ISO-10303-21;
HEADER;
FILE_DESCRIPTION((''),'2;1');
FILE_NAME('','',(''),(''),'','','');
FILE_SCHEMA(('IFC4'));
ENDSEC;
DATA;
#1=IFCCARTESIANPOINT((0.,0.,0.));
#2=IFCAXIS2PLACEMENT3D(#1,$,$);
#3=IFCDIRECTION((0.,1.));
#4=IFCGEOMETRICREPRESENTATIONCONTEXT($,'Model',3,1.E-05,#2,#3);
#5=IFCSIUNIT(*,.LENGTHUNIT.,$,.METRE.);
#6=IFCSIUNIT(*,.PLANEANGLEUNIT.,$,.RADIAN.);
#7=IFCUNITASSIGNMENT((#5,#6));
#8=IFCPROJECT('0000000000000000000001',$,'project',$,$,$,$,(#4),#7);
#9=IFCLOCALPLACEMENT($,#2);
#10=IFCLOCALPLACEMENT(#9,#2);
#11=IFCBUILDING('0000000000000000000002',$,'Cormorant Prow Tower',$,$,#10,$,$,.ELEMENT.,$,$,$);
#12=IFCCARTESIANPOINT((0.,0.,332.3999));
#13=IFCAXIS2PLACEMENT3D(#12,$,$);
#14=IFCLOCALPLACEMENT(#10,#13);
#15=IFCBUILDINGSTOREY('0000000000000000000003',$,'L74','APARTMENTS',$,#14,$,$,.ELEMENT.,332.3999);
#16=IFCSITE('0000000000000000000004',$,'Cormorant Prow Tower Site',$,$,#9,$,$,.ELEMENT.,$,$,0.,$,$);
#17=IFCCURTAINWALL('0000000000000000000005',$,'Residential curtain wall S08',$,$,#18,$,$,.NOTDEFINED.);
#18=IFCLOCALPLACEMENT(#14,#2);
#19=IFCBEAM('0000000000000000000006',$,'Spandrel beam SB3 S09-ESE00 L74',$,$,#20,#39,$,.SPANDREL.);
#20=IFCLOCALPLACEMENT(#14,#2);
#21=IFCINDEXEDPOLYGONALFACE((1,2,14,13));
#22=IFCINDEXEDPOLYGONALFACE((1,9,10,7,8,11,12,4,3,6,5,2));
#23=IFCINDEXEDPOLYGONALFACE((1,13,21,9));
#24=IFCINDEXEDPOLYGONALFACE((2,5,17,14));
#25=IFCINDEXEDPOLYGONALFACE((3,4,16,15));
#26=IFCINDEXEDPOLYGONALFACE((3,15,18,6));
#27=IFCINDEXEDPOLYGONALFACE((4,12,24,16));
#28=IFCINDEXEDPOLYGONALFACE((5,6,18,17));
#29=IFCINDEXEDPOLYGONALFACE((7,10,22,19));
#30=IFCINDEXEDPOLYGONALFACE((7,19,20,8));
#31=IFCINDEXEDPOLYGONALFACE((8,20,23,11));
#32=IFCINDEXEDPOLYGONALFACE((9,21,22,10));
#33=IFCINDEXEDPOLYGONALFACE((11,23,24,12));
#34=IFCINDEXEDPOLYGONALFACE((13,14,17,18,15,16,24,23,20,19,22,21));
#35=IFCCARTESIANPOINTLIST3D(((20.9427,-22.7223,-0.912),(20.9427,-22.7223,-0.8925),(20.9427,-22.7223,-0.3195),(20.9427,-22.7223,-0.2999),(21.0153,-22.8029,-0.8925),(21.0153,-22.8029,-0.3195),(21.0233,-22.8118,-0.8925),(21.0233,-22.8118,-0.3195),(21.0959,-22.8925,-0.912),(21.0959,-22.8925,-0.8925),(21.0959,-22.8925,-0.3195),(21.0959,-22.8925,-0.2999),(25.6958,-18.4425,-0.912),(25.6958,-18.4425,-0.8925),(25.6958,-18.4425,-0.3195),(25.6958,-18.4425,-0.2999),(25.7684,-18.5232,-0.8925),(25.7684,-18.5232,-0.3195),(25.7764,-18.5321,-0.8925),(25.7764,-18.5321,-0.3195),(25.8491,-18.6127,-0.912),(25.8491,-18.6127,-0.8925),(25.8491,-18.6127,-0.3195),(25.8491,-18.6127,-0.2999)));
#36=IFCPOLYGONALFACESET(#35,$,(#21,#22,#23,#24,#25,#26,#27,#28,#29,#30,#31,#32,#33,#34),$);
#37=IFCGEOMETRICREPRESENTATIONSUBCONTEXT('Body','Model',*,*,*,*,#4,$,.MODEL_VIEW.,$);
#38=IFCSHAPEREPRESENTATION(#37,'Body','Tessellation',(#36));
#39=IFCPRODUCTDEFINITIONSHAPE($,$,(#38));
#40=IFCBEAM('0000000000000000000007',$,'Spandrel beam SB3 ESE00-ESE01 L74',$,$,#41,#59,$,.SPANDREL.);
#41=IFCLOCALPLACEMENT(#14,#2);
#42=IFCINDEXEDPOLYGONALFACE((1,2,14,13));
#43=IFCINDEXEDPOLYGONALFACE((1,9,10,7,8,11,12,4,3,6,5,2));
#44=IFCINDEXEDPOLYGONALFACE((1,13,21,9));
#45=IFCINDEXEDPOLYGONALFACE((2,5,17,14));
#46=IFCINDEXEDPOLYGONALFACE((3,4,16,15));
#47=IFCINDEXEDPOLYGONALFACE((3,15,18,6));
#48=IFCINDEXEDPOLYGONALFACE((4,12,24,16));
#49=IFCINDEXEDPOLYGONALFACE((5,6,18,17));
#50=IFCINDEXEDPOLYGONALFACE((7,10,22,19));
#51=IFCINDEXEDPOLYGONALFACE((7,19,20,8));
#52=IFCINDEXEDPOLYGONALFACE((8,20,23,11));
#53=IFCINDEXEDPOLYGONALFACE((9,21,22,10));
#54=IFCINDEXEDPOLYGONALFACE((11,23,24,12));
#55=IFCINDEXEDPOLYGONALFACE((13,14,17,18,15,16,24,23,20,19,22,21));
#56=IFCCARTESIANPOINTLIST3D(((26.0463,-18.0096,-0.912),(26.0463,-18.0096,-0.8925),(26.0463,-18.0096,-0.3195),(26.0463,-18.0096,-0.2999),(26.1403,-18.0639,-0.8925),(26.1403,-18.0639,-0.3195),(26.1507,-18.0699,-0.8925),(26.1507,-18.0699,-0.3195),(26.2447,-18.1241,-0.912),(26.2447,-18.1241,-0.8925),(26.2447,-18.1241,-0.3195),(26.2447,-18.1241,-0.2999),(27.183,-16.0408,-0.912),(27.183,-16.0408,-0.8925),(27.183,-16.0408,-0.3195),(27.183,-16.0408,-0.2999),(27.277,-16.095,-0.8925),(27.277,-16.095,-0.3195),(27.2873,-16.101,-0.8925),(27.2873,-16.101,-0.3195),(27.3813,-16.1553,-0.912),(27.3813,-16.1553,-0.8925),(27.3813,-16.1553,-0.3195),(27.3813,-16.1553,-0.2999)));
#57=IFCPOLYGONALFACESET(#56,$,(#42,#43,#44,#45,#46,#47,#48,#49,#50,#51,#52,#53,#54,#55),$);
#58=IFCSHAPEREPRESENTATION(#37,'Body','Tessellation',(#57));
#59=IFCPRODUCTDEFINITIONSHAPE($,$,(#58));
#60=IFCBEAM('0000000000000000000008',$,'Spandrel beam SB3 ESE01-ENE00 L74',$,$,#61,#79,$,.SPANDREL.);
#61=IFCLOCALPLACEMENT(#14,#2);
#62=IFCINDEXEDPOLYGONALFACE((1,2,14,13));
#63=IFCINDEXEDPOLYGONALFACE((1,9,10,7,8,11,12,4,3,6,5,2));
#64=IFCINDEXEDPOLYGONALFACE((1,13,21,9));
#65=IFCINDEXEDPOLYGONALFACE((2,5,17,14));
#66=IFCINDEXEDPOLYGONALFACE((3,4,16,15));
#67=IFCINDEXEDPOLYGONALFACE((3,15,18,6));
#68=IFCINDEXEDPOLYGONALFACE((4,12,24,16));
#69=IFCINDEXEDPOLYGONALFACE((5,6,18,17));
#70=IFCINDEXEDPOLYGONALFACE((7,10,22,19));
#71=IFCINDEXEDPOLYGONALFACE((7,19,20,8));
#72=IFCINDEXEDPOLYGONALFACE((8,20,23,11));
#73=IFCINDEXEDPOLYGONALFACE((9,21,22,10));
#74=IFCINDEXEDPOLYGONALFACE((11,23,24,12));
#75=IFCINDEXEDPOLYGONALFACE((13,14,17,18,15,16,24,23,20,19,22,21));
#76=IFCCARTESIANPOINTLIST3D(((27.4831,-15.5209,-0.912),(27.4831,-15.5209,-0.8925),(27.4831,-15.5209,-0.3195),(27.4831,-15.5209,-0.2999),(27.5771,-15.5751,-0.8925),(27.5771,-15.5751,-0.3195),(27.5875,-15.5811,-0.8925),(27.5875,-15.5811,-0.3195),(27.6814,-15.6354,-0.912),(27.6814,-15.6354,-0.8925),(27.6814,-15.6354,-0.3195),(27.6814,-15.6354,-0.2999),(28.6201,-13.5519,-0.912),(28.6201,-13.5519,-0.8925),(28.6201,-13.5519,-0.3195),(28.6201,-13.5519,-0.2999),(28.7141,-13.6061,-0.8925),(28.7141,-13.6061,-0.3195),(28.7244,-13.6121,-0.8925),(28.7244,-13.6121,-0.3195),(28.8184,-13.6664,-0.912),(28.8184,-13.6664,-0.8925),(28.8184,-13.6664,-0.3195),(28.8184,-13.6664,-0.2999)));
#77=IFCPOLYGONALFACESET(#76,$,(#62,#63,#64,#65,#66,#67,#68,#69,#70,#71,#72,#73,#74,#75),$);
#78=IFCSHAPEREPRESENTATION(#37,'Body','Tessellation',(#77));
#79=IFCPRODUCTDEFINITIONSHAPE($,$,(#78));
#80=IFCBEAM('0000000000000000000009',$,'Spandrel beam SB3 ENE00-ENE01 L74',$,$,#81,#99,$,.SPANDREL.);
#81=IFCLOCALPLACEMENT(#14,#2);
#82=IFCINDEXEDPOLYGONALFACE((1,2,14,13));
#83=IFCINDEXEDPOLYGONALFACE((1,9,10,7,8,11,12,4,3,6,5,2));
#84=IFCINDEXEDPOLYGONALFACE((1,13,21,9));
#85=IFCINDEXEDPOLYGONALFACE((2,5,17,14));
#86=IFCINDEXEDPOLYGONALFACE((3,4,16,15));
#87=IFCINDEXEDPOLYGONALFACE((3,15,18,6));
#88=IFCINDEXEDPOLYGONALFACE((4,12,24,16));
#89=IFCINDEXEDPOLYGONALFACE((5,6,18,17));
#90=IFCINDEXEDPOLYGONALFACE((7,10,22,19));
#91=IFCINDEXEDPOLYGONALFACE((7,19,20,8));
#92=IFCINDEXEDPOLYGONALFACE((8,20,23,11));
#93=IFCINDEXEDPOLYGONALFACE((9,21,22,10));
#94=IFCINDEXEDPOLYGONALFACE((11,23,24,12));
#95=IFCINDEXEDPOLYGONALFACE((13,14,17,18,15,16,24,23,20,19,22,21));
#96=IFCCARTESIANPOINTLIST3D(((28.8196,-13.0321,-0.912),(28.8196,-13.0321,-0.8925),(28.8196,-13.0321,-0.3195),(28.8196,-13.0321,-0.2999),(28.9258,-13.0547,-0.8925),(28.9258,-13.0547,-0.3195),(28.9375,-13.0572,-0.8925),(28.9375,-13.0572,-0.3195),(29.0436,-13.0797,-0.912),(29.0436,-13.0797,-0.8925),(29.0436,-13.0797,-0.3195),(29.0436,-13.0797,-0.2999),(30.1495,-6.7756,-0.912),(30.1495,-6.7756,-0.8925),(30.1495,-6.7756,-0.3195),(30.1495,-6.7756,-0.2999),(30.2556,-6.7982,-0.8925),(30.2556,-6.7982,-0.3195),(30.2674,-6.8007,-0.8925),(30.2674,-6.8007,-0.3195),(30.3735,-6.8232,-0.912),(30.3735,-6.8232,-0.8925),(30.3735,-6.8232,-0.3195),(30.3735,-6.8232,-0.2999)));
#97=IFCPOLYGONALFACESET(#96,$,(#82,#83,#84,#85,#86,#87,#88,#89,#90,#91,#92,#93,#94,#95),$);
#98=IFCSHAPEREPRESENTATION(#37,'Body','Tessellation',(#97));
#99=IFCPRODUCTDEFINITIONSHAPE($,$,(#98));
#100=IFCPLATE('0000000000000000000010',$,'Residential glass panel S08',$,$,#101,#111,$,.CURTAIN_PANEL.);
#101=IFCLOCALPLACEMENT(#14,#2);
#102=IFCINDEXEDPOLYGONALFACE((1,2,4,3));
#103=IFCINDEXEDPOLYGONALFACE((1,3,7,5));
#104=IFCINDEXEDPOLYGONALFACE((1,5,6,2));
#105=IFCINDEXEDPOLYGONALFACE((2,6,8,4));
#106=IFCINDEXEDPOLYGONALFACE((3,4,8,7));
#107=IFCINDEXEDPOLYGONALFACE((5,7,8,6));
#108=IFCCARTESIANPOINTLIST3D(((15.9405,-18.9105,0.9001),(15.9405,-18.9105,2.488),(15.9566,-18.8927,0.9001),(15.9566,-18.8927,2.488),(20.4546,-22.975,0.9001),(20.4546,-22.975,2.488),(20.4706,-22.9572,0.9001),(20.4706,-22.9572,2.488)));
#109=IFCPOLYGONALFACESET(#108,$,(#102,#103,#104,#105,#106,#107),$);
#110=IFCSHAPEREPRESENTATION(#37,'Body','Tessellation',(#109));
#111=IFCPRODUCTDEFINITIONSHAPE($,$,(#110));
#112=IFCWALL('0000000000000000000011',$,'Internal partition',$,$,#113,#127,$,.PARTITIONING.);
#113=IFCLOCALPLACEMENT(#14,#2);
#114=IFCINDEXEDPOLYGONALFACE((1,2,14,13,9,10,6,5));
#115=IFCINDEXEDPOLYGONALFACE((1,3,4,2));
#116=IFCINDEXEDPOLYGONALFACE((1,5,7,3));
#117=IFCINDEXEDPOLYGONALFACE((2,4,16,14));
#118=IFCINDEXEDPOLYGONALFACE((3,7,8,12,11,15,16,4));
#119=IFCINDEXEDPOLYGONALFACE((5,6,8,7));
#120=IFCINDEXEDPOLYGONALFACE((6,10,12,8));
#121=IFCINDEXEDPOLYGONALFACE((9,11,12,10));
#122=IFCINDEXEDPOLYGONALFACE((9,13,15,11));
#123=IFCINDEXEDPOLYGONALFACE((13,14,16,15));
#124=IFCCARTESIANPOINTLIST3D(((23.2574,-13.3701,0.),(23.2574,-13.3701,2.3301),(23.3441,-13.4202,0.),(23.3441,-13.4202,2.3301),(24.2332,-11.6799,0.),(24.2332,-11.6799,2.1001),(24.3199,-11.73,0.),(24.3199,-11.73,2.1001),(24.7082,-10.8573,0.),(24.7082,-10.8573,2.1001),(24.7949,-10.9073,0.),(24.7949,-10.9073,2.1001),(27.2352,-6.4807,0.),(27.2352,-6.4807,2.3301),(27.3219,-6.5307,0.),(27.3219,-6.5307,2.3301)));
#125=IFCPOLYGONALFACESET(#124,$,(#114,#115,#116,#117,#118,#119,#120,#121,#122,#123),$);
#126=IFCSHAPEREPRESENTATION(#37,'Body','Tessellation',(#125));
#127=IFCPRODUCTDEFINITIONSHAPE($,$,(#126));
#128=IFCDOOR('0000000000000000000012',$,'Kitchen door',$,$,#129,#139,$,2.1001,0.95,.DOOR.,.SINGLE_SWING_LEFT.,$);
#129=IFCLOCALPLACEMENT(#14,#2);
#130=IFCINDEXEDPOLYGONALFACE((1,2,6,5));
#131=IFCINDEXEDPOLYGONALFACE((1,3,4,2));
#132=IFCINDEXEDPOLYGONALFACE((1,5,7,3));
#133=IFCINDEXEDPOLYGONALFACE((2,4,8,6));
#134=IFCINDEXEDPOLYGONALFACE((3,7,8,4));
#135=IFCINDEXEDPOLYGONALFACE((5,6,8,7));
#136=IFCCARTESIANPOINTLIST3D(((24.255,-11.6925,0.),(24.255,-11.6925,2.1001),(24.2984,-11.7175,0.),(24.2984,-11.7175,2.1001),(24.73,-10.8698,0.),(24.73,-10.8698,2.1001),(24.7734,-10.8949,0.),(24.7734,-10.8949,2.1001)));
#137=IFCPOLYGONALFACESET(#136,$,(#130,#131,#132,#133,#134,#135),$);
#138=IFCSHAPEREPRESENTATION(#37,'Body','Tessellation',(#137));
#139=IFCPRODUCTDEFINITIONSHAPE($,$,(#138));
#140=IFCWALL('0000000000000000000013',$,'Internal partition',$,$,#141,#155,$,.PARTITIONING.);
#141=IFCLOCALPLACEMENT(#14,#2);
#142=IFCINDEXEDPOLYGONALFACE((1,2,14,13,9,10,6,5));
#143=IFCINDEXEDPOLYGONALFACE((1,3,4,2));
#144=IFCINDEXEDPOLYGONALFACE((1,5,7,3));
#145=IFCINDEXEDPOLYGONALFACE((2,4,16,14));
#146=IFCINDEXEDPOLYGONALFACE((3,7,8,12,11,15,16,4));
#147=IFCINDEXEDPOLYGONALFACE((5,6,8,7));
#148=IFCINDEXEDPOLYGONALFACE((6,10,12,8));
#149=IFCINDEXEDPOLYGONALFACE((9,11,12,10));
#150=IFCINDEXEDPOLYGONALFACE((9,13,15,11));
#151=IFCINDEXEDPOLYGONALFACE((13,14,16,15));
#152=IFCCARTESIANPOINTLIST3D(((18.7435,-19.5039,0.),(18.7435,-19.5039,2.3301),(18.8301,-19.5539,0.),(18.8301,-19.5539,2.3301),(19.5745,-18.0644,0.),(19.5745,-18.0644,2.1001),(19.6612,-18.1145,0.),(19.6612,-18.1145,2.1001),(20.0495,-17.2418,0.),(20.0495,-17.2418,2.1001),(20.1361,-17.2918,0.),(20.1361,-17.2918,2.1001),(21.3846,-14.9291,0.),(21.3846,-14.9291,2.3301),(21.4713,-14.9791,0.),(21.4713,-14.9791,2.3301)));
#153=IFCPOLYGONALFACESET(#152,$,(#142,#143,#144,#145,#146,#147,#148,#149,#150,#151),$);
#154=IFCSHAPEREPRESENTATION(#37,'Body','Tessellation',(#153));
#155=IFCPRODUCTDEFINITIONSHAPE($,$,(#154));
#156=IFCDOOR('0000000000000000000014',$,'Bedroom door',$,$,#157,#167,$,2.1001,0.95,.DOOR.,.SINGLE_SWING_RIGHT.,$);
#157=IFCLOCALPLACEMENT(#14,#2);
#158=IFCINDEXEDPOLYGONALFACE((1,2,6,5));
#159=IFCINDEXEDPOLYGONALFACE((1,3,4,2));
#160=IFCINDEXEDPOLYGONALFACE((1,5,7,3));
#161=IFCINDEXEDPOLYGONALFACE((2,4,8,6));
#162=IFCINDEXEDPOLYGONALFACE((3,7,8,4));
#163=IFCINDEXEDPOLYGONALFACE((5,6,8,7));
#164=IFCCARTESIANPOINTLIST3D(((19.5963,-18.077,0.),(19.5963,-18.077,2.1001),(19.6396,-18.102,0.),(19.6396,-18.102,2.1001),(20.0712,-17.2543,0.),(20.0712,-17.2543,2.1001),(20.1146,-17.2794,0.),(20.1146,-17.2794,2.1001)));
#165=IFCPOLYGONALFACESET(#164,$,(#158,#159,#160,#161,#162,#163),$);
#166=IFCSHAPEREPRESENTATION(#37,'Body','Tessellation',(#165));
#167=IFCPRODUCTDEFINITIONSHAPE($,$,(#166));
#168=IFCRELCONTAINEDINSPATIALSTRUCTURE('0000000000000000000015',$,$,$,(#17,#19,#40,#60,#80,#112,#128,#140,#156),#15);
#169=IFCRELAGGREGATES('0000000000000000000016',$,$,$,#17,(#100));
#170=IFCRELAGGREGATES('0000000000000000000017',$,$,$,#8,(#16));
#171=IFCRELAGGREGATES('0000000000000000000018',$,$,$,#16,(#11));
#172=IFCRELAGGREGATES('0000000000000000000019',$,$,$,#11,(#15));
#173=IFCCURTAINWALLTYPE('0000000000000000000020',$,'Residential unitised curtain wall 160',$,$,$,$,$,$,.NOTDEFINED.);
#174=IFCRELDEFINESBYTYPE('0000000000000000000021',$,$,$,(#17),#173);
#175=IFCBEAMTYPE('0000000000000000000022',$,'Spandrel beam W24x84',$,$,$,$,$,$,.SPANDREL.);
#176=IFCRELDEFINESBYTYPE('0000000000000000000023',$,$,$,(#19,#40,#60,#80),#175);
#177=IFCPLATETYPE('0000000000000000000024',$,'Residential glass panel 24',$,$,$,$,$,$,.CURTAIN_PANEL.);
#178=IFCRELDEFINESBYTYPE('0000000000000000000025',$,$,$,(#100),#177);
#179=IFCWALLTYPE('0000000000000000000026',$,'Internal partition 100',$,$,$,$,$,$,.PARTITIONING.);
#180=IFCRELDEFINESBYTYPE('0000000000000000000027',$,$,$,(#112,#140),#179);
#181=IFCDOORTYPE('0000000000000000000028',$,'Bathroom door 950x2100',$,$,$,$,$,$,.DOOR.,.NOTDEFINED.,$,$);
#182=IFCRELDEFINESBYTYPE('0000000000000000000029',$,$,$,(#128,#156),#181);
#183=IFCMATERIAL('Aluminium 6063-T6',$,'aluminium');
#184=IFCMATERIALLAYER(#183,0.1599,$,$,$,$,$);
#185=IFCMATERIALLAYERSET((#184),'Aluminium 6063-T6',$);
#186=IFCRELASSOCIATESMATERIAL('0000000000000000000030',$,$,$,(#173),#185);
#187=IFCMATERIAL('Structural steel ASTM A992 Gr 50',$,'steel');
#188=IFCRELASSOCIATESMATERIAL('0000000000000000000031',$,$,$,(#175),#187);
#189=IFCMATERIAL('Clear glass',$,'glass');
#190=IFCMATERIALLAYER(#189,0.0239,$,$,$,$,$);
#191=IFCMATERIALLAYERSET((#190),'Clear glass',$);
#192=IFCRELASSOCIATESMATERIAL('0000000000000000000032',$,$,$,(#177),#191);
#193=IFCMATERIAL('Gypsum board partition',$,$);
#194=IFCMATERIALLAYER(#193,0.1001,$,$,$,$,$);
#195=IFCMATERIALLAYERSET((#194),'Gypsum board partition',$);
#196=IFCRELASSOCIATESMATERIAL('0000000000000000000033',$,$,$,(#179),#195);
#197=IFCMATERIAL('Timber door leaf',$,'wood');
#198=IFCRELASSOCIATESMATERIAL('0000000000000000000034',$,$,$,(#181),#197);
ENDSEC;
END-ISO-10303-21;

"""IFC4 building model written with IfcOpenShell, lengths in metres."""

from ifc_helpers import new_model, si_unit, direction, frame, frame_2d, origin, origin_2d, place, context, subcontext, project, spatial, rectangle, i_section, extrude, material, layer, layer_set, material_profile, profile_set, type_object, element, fill, aggregate, save


model = new_model("IFC4")

# Units and contexts
model_context = context("Model", 3, precision=1e-05, world=origin(), true_north=direction((0.0, 1.0)))
body_context = subcontext(model_context, "Body", "Model", "MODEL_VIEW")
ifc_project = project(units=[si_unit("LENGTHUNIT", "METRE"), si_unit("PLANEANGLEUNIT", "RADIAN")], contexts=[model_context])

# Site, building, storey
site_placement = place(None, origin())
site = spatial("IfcSite", under=ifc_project, at=site_placement, Name="Cormorant Prow Tower Site", CompositionType="ELEMENT", RefElevation=0.0)
building_placement = place(site_placement, origin())
building = spatial("IfcBuilding", under=site, at=building_placement, Name="Cormorant Prow Tower", CompositionType="ELEMENT")
storey_placement = place(building_placement, frame((0.0, 0.0, 332.3999)))
storey = spatial("IfcBuildingStorey", under=building, at=storey_placement, Name="L74", Description="APARTMENTS", CompositionType="ELEMENT", Elevation=332.3999)

# Curtain wall
ifc_material_1 = material(Name="Aluminium 6063-T6", Category="aluminium")
ifc_layer_1 = layer(ifc_material_1, 0.1599)
ifc_layer_set_1 = layer_set([ifc_layer_1], Name="Aluminium 6063-T6")
curtain_wall_type = type_object("IfcCurtainWallType", Name="Residential unitised curtain wall 160", PredefinedType="NOTDEFINED", material=ifc_layer_set_1)
curtain_wall_1_placement = place(storey_placement, origin())
curtain_wall_1 = element("IfcCurtainWall", 1, at=curtain_wall_1_placement, inside=storey, type_object=curtain_wall_type, Name="Residential curtain wall S08", PredefinedType="NOTDEFINED")

# Beams
ifc_material_2 = material(Name="Structural steel ASTM A992 Gr 50", Category="steel")
ifc_material_profile_1 = material_profile(ifc_material_2, i_section(OverallWidth=0.229, OverallDepth=0.6121, WebThickness=0.012, FlangeThickness=0.0195, at=origin_2d()), Name="W24x84")
ifc_profile_set_1 = profile_set([ifc_material_profile_1], Name="Structural steel ASTM A992 Gr 50")
beam_type = type_object("IfcBeamType", Name="Spandrel beam W24x84", PredefinedType="SPANDREL", material=ifc_profile_set_1)
beam_1_placement = place(storey_placement, frame((21.0193, -22.8074, -0.606), z_axis=(0.743144, 0.669131, 0.0), x_axis=(-0.669131, 0.743144, 0.0)))
element("IfcBeam", 2, at=beam_1_placement, inside=storey, type_object=beam_type, Name="Spandrel beam SB3 S09-ESE00 L74", PredefinedType="SPANDREL", context=body_context, shape_type="SweptSolid", body=[
    extrude(i_section(OverallWidth=0.229, OverallDepth=0.6121, WebThickness=0.012, FlangeThickness=0.0195, at=origin_2d()), origin(), (0.0, 0.0, 1.0), 6.396),
])
beam_2_placement = place(storey_placement, frame((26.1455, -18.0669, -0.606), z_axis=(0.499973, 0.866041, 0.0), x_axis=(-0.866041, 0.499973, 0.0)))
element("IfcBeam", 3, at=beam_2_placement, inside=storey, type_object=beam_type, Name="Spandrel beam SB3 ESE00-ESE01 L74", PredefinedType="SPANDREL", context=body_context, shape_type="SweptSolid", body=[
    extrude(i_section(OverallWidth=0.229, OverallDepth=0.6121, WebThickness=0.012, FlangeThickness=0.0195, at=origin_2d()), origin(), (0.0, 0.0, 1.0), 2.2734),
])
beam_3_placement = place(storey_placement, frame((27.5823, -15.5781, -0.606), z_axis=(0.500054, 0.865994, 0.0), x_axis=(-0.865994, 0.500054, 0.0)))
element("IfcBeam", 4, at=beam_3_placement, inside=storey, type_object=beam_type, Name="Spandrel beam SB3 ESE01-ENE00 L74", PredefinedType="SPANDREL", context=body_context, shape_type="SweptSolid", body=[
    extrude(i_section(OverallWidth=0.229, OverallDepth=0.6121, WebThickness=0.012, FlangeThickness=0.0195, at=origin_2d()), origin(), (0.0, 0.0, 1.0), 2.2737),
])
beam_4_placement = place(storey_placement, frame((28.9316, -13.0559, -0.606), z_axis=(0.207913, 0.978147, 0.0), x_axis=(-0.978147, 0.207913, 0.0)))
element("IfcBeam", 5, at=beam_4_placement, inside=storey, type_object=beam_type, Name="Spandrel beam SB3 ENE00-ENE01 L74", PredefinedType="SPANDREL", context=body_context, shape_type="SweptSolid", body=[
    extrude(i_section(OverallWidth=0.229, OverallDepth=0.6121, WebThickness=0.012, FlangeThickness=0.0195, at=origin_2d()), origin(), (0.0, 0.0, 1.0), 6.3962),
])

# Plate
ifc_material_3 = material(Name="Clear glass", Category="glass")
ifc_layer_2 = layer(ifc_material_3, 0.0239)
ifc_layer_set_2 = layer_set([ifc_layer_2], Name="Clear glass")
plate_type = type_object("IfcPlateType", Name="Residential glass panel 24", PredefinedType="CURTAIN_PANEL", material=ifc_layer_set_2)
plate_placement = place(storey_placement, frame((18.2056, -20.9338, 0.9001), z_axis=(0.0, 0.0, 1.0), x_axis=(0.743145, -0.669131, 0.0)))
plate = element("IfcPlate", 6, at=plate_placement, type_object=plate_type, Name="Residential glass panel S08", PredefinedType="CURTAIN_PANEL", context=body_context, shape_type="SweptSolid", body=[
    extrude(rectangle(XDim=6.0742, YDim=0.0239, at=origin_2d()), origin(), (0.0, 0.0, 1.0), 1.5879),
])
aggregate(curtain_wall_1, [plate])

# Walls, openings, doors
ifc_material_4 = material(Name="Gypsum board partition")
ifc_layer_3 = layer(ifc_material_4, 0.1001)
ifc_layer_set_3 = layer_set([ifc_layer_3], Name="Gypsum board partition")
wall_type_1 = type_object("IfcWallType", Name="Internal partition 100", PredefinedType="PARTITIONING", material=ifc_layer_set_3)
wall_1_placement = place(storey_placement, frame((23.3008, -13.395, 0.0), z_axis=(0.0, 0.0, 1.0), x_axis=(0.500017, 0.866015, 0.0)))
wall_1 = element("IfcWall", 7, at=wall_1_placement, inside=storey, type_object=wall_type_1, Name="Internal partition", PredefinedType="PARTITIONING", context=body_context, shape_type="SweptSolid", body=[
    extrude(rectangle(XDim=7.9553, YDim=0.1001, at=frame_2d((3.9775, 0.0))), origin(), (0.0, 0.0, 1.0), 2.3301),
])
opening_1_placement = place(wall_1_placement, frame((1.9514, 0.0, 0.0)))
opening_1 = element("IfcOpeningElement", 8, at=opening_1_placement, cuts=wall_1, PredefinedType="OPENING", context=body_context, shape_type="SweptSolid", body=[
    extrude(rectangle(XDim=0.95, YDim=2.1001, at=frame_2d((0.4751, 1.05))), frame((0.0, 0.0601, 0.0), z_axis=(0.0, -1.0, 0.0), x_axis=(1.0, 0.0, 0.0)), (0.0, 0.0, 1.0), 0.1201),
])
ifc_material_5 = material(Name="Timber door leaf", Category="wood")
door_type_1 = type_object("IfcDoorType", Name="Bathroom door 950x2100", OperationType="NOTDEFINED", PredefinedType="DOOR", material=ifc_material_5)
door_1_placement = place(opening_1_placement, origin())
door_1 = element("IfcDoor", 9, at=door_1_placement, inside=storey, type_object=door_type_1, Name="Kitchen door", OperationType="SINGLE_SWING_LEFT", OverallHeight=2.1001, OverallWidth=0.95, PredefinedType="DOOR", context=body_context, shape_type="SweptSolid", body=[
    extrude(rectangle(XDim=0.95, YDim=2.1001, at=frame_2d((0.4751, 1.05))), frame((0.0, 0.0249, 0.0), z_axis=(0.0, -1.0, 0.0), x_axis=(1.0, 0.0, 0.0)), (0.0, 0.0, 1.0), 0.05),
])
fill(opening_1, door_1)
wall_2_placement = place(storey_placement, frame((18.7869, -19.5288, 0.0), z_axis=(0.0, 0.0, 1.0), x_axis=(0.499987, 0.866033, 0.0)))
wall_2 = element("IfcWall", 10, at=wall_2_placement, inside=storey, type_object=wall_type_1, Name="Internal partition", PredefinedType="PARTITIONING", context=body_context, shape_type="SweptSolid", body=[
    extrude(rectangle(XDim=5.2825, YDim=0.1001, at=frame_2d((2.6411, 0.0))), origin(), (0.0, 0.0, 1.0), 2.3301),
])
opening_2_placement = place(wall_2_placement, frame((1.6619, 0.0, 0.0)))
opening_2 = element("IfcOpeningElement", 11, at=opening_2_placement, cuts=wall_2, PredefinedType="OPENING", context=body_context, shape_type="SweptSolid", body=[
    extrude(rectangle(XDim=0.95, YDim=2.1001, at=frame_2d((0.4751, 1.05))), frame((0.0, 0.0601, 0.0), z_axis=(0.0, -1.0, 0.0), x_axis=(1.0, 0.0, 0.0)), (0.0, 0.0, 1.0), 0.1201),
])
door_2_placement = place(opening_2_placement, origin())
door_2 = element("IfcDoor", 12, at=door_2_placement, inside=storey, type_object=door_type_1, Name="Bedroom door", OperationType="SINGLE_SWING_RIGHT", OverallHeight=2.1001, OverallWidth=0.95, PredefinedType="DOOR", context=body_context, shape_type="SweptSolid", body=[
    extrude(rectangle(XDim=0.95, YDim=2.1001, at=frame_2d((0.4751, 1.05))), frame((0.0, 0.0249, 0.0), z_axis=(0.0, -1.0, 0.0), x_axis=(1.0, 0.0, 0.0)), (0.0, 0.0, 1.0), 0.05),
])
fill(opening_2, door_2)

save(model, "model.ifc")
